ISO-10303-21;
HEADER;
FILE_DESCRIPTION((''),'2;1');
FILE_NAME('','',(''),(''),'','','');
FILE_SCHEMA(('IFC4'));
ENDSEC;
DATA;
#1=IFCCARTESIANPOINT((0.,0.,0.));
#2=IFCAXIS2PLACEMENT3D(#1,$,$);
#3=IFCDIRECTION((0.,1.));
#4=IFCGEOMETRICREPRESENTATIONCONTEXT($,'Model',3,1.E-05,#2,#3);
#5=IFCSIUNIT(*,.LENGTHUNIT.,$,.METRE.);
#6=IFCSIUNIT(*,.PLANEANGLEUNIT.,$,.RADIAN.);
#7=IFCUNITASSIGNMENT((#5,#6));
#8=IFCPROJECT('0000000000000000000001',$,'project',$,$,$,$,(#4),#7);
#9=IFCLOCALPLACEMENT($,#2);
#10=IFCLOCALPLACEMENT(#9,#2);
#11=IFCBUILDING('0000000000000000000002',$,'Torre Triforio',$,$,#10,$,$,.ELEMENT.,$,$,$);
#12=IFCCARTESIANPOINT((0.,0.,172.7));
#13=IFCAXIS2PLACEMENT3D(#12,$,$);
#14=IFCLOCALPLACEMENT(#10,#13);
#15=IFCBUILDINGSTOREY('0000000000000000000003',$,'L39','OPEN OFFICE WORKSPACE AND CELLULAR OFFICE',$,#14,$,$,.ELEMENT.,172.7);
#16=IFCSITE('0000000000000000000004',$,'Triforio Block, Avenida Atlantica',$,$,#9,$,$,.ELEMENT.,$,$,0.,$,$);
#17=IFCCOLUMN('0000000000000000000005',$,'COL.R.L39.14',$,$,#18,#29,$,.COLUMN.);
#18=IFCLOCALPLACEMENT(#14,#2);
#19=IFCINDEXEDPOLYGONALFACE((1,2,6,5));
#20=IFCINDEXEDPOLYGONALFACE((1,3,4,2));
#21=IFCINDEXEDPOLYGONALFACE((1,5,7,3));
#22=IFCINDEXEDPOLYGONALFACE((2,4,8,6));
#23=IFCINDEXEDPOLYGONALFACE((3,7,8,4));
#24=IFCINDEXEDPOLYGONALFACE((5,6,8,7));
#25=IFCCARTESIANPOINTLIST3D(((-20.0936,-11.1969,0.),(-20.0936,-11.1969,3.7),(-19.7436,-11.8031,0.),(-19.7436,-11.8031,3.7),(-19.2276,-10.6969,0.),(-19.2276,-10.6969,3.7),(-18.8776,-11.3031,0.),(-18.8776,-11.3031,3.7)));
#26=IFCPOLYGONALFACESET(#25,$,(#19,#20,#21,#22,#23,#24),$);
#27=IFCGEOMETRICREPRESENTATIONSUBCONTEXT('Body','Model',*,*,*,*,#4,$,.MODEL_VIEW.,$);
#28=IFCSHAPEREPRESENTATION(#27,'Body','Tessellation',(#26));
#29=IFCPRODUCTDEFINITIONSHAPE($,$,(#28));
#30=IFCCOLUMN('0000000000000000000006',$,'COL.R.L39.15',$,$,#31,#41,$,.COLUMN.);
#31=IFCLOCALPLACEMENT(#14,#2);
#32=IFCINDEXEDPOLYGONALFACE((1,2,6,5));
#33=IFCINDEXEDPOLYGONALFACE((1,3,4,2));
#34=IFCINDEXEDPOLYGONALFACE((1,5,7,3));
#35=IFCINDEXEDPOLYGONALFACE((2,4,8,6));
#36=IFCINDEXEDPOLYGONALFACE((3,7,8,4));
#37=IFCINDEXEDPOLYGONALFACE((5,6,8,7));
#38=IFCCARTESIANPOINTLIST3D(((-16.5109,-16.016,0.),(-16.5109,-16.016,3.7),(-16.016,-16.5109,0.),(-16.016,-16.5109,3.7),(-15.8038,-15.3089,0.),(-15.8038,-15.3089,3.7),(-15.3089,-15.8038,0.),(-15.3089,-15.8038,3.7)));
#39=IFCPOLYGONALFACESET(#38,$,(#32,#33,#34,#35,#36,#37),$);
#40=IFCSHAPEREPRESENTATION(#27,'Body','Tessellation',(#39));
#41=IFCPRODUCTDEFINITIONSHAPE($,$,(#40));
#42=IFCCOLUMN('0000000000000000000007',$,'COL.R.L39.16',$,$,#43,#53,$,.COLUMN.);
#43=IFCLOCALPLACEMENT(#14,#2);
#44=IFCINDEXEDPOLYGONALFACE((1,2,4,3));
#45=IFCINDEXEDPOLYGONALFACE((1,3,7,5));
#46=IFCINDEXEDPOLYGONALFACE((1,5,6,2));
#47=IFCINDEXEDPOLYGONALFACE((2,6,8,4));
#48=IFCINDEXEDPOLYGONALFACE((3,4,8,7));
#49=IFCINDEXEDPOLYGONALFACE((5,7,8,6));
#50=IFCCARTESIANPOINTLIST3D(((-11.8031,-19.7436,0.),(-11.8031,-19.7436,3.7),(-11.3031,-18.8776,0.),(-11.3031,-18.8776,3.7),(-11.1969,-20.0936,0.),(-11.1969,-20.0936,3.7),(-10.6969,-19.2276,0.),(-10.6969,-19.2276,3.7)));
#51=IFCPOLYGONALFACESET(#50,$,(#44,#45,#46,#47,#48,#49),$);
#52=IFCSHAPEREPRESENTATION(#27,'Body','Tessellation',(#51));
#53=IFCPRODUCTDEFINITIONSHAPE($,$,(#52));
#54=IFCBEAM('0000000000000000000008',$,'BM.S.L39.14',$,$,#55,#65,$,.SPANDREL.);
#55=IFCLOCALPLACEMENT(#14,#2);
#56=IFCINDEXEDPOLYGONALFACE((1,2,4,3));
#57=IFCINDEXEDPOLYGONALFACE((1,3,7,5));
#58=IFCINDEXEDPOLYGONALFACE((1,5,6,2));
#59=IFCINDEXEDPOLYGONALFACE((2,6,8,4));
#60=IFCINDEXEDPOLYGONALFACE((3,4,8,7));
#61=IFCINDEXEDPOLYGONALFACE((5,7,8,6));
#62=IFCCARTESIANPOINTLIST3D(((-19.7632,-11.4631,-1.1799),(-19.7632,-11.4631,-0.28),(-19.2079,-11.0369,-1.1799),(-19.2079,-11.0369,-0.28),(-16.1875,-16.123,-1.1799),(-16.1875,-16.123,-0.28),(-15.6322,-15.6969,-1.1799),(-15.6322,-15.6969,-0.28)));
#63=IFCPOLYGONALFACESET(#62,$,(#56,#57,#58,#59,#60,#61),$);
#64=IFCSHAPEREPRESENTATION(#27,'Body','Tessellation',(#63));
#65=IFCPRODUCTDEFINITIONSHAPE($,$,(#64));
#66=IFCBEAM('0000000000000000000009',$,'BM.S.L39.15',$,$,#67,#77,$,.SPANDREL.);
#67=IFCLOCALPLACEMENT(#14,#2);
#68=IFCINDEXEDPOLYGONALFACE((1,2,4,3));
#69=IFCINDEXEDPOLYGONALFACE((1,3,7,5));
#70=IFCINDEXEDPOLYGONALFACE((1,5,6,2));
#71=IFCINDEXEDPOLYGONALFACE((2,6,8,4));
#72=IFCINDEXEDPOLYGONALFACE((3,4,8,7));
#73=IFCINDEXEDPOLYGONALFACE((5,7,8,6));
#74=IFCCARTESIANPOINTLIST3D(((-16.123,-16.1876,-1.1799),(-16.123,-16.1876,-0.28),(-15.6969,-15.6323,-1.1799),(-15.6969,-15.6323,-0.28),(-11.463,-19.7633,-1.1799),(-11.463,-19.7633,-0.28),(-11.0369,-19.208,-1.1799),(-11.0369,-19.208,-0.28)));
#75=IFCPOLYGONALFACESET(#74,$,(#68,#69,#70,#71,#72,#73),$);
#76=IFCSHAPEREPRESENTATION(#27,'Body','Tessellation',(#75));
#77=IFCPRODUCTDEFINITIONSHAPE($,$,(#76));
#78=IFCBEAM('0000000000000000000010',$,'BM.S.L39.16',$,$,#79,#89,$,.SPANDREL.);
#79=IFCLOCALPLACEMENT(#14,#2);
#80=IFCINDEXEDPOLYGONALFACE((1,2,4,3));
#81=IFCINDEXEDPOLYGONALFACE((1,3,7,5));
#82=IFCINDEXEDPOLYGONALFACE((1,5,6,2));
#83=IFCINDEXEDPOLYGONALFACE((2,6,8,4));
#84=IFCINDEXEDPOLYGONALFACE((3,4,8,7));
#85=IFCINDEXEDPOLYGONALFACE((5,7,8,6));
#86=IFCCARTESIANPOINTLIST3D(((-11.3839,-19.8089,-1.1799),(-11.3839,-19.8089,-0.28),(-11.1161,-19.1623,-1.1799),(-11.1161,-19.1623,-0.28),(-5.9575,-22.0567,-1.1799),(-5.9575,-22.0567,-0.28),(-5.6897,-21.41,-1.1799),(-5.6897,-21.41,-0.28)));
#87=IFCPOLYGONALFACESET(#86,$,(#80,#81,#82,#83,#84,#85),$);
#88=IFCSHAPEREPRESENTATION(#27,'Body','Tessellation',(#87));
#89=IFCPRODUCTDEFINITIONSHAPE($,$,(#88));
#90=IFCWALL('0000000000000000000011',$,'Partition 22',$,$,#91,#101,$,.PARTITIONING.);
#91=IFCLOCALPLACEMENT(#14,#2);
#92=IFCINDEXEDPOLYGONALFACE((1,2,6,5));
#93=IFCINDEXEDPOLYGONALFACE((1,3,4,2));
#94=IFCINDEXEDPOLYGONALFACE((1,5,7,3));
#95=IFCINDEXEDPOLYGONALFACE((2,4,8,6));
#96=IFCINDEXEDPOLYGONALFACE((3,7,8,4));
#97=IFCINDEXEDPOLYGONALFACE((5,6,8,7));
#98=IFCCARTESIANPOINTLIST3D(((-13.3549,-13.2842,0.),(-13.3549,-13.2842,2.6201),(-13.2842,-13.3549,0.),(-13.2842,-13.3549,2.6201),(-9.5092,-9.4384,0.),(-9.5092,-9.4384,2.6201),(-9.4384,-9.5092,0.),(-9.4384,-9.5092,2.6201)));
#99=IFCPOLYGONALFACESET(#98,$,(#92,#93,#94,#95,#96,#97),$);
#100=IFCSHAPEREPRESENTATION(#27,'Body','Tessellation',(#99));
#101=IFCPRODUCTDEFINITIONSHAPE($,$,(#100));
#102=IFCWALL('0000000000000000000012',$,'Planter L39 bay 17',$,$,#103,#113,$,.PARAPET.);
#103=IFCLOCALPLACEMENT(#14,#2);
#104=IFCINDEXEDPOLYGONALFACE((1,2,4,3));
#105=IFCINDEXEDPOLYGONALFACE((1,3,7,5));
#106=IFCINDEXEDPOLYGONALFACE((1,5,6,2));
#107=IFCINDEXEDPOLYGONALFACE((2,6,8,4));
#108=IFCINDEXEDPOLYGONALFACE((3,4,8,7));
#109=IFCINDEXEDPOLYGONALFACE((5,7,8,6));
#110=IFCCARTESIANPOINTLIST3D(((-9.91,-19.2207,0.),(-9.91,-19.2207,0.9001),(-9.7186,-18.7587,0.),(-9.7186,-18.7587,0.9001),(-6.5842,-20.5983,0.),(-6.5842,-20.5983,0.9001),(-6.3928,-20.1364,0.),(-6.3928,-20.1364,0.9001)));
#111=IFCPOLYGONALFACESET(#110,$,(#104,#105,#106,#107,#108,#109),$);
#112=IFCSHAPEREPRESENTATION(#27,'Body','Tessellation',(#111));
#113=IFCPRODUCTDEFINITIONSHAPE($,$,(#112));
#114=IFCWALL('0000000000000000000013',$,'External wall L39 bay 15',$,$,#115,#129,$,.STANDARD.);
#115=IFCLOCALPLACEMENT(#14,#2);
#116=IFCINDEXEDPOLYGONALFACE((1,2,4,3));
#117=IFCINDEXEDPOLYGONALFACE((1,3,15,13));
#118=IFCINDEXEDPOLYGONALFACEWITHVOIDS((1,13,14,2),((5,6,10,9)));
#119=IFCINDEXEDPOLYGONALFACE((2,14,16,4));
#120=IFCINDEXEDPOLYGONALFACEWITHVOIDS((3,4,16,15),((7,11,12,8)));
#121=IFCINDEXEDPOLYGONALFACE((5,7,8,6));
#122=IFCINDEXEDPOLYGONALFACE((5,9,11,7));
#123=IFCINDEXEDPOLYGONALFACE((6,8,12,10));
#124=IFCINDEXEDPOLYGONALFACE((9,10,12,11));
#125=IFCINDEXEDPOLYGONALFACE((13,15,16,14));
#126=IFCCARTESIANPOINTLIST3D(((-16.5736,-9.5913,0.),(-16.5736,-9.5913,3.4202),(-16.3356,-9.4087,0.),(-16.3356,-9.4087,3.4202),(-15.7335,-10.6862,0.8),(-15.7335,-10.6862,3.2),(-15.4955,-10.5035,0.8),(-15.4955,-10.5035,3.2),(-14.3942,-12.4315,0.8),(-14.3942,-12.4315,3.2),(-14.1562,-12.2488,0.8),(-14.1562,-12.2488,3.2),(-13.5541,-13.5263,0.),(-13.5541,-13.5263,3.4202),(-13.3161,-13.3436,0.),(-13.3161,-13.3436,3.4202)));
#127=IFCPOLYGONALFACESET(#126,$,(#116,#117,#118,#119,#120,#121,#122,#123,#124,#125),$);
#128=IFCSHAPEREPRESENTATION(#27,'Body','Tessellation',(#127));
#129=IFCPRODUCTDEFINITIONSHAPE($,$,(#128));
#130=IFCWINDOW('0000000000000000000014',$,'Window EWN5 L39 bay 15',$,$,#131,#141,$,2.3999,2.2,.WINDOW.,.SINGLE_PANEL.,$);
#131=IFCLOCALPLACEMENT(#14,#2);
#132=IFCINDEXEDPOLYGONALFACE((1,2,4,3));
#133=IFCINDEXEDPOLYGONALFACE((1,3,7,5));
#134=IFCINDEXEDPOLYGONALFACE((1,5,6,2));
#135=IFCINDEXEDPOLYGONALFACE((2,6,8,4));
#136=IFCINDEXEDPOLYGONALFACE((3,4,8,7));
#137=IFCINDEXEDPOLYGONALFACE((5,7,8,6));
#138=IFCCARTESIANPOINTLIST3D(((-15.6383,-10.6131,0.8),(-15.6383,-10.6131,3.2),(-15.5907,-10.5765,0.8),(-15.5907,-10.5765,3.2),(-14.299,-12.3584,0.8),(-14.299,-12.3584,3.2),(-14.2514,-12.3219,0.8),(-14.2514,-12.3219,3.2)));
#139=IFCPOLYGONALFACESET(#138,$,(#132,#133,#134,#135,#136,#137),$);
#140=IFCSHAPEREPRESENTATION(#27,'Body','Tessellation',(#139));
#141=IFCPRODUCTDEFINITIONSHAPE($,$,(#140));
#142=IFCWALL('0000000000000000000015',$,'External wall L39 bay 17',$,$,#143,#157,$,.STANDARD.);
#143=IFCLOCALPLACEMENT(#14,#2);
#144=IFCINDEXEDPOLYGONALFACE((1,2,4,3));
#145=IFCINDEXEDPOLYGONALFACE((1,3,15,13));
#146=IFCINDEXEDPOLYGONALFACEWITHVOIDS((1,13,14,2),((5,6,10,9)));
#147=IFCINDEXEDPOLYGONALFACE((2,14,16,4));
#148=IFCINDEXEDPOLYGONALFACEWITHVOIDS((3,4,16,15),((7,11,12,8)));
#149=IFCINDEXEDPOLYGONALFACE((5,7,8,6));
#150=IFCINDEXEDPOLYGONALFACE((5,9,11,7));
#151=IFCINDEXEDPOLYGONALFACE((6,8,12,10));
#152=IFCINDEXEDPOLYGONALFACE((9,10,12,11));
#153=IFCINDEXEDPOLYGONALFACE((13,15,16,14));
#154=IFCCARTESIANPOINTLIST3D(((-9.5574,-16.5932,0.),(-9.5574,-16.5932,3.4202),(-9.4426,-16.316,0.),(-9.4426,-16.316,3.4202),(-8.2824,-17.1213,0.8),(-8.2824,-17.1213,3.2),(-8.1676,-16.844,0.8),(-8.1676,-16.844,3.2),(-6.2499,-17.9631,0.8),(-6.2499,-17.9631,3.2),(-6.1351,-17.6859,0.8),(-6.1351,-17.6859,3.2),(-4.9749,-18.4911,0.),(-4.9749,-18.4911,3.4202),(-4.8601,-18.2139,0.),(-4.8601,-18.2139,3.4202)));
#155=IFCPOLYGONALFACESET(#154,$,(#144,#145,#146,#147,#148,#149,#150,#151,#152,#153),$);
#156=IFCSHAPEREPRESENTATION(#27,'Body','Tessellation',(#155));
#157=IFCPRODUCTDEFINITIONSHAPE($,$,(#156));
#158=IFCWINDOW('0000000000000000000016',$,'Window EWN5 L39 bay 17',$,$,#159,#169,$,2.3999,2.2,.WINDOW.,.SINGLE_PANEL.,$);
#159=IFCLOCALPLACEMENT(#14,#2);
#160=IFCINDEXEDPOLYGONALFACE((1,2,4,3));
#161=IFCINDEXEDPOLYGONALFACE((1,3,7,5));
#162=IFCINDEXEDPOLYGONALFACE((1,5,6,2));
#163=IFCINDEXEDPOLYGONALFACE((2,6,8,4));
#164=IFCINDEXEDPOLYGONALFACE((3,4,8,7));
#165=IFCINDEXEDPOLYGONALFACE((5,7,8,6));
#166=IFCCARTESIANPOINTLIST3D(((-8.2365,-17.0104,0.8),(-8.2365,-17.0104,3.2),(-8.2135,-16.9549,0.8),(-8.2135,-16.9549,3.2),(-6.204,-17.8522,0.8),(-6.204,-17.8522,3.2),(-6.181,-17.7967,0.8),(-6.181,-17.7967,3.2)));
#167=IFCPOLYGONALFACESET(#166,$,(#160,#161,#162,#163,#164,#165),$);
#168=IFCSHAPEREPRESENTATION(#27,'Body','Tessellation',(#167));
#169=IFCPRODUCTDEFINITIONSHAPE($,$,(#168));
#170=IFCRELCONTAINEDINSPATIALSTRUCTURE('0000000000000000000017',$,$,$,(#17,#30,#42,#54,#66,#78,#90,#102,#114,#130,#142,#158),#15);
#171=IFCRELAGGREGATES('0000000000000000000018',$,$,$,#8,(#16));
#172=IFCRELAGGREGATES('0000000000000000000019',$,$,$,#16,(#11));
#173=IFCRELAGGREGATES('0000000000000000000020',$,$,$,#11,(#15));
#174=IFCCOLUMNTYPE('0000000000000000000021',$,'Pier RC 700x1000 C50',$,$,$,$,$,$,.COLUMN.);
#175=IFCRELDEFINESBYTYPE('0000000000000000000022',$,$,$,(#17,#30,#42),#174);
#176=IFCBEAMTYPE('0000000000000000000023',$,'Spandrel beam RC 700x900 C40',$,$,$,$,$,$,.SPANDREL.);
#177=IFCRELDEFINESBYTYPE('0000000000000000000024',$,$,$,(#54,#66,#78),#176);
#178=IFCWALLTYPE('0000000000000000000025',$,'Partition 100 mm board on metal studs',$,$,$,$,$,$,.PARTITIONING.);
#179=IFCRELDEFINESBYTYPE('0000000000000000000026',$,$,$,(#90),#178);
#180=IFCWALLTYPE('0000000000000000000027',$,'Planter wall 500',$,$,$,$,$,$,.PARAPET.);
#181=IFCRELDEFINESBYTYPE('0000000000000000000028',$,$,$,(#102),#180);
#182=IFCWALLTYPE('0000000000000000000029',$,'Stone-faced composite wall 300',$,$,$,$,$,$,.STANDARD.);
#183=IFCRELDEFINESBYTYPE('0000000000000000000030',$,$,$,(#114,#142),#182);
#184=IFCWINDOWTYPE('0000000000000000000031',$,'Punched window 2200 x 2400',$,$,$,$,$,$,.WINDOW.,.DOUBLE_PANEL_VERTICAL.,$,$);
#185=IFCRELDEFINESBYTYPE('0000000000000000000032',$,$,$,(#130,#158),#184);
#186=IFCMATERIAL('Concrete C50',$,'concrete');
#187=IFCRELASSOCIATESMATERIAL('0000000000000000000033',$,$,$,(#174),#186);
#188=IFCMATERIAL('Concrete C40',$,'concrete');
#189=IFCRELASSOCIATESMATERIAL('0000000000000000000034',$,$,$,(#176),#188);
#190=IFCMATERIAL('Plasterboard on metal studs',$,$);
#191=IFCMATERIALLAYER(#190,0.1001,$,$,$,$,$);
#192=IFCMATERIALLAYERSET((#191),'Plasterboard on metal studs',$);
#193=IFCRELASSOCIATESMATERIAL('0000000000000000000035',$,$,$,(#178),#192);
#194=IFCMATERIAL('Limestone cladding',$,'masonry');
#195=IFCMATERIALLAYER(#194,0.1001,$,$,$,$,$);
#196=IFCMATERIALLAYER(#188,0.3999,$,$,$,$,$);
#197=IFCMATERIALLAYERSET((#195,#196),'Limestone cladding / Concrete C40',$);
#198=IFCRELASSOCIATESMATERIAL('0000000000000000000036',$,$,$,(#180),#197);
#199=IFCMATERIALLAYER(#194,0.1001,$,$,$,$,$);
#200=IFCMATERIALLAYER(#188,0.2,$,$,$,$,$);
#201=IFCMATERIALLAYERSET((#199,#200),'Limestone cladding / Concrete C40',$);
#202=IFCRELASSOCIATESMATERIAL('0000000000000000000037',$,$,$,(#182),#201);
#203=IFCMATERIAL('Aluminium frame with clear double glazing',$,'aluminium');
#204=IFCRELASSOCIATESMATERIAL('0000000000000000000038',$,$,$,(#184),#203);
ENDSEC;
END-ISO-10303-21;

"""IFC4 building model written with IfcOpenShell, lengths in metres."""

from ifc_helpers import new_model, si_unit, direction, frame, frame_2d, origin, origin_2d, place, context, subcontext, project, spatial, rectangle, extrude, material, layer, layer_set, material_profile, profile_set, type_object, element, fill, save


model = new_model("IFC4")

# Units and contexts
model_context = context("Model", 3, precision=1e-05, world=origin(), true_north=direction((0.0, 1.0)))
body_context = subcontext(model_context, "Body", "Model", "MODEL_VIEW")
ifc_project = project(units=[si_unit("LENGTHUNIT", "METRE"), si_unit("PLANEANGLEUNIT", "RADIAN")], contexts=[model_context])

# Site, building, storey
site_placement = place(None, origin())
site = spatial("IfcSite", under=ifc_project, at=site_placement, Name="Triforio Block, Avenida Atlantica", CompositionType="ELEMENT", RefElevation=0.0)
building_placement = place(site_placement, origin())
building = spatial("IfcBuilding", under=site, at=building_placement, Name="Torre Triforio", CompositionType="ELEMENT")
storey_placement = place(building_placement, frame((0.0, 0.0, 172.7)))
storey = spatial("IfcBuildingStorey", under=building, at=storey_placement, Name="L39", Description="OPEN OFFICE WORKSPACE AND CELLULAR OFFICE", CompositionType="ELEMENT", Elevation=172.7)

# Columns
ifc_material_1 = material(Name="Concrete C50", Category="concrete")
ifc_material_profile_1 = material_profile(ifc_material_1, rectangle(XDim=0.7, YDim=1.0, at=origin_2d()), Name="RC 700x1000")
ifc_profile_set_1 = profile_set([ifc_material_profile_1], Name="Concrete C50")
column_type = type_object("IfcColumnType", Name="Pier RC 700x1000 C50", PredefinedType="COLUMN", material=ifc_profile_set_1)
for number, where, z_axis, x_axis, name in (
    (1, (-19.4856, -11.25, 0.0), (0.0, 0.0, 1.0), (0.5, -0.866025, 0.0), "COL.R.L39.14"),
    (2, (-15.9099, -15.9099, 0.0), (0.0, 0.0, 1.0), (0.707107, -0.707107, 0.0), "COL.R.L39.15"),
    (3, (-11.25, -19.4856, 0.0), (0.0, 0.0, 1.0), (0.866025, -0.5, 0.0), "COL.R.L39.16"),
):
    element("IfcColumn", number, at=place(storey_placement, frame(where, z_axis=z_axis, x_axis=x_axis)), inside=storey, type_object=column_type, Name=name, PredefinedType="COLUMN", context=body_context, shape_type="SweptSolid", body=[
        extrude(rectangle(XDim=0.7, YDim=1.0, at=origin_2d()), origin(), (0.0, 0.0, 1.0), 3.7),
    ])

# Beams
ifc_material_2 = material(Name="Concrete C40", Category="concrete")
ifc_material_profile_2 = material_profile(ifc_material_2, rectangle(XDim=0.7, YDim=0.8999, at=origin_2d()), Name="RC 700x900")
ifc_profile_set_2 = profile_set([ifc_material_profile_2], Name="Concrete C40")
beam_type = type_object("IfcBeamType", Name="Spandrel beam RC 700x900 C40", PredefinedType="SPANDREL", material=ifc_profile_set_2)
for number, where, z_axis, x_axis, name in (
    (4, (-19.4856, -11.25, -0.73), (0.608762, -0.793353, 0.0), (0.793353, 0.608762, 0.0), "BM.S.L39.14"),
    (5, (-15.9099, -15.9099, -0.73), (0.793353, -0.608762, 0.0), (0.608762, 0.793353, 0.0), "BM.S.L39.15"),
):
    element("IfcBeam", number, at=place(storey_placement, frame(where, z_axis=z_axis, x_axis=x_axis)), inside=storey, type_object=beam_type, Name=name, PredefinedType="SPANDREL", context=body_context, shape_type="SweptSolid", body=[
        extrude(rectangle(XDim=0.7, YDim=0.8999, at=origin_2d()), origin(), (0.0, 0.0, 1.0), 5.8738),
    ])
beam_placement = place(storey_placement, frame((-11.25, -19.4856, -0.73), z_axis=(0.923875, -0.382693, 0.0), x_axis=(0.382693, 0.923875, 0.0)))
element("IfcBeam", 6, at=beam_placement, inside=storey, type_object=beam_type, Name="BM.S.L39.16", PredefinedType="SPANDREL", context=body_context, shape_type="SweptSolid", body=[
    extrude(rectangle(XDim=0.7, YDim=0.8999, at=origin_2d()), origin(), (0.0, 0.0, 1.0), 5.8735),
])

# Walls
ifc_material_3 = material(Name="Plasterboard on metal studs")
ifc_layer_1 = layer(ifc_material_3, 0.1001)
ifc_layer_set_1 = layer_set([ifc_layer_1], Name="Plasterboard on metal studs")
wall_type_1 = type_object("IfcWallType", Name="Partition 100 mm board on metal studs", PredefinedType="PARTITIONING", material=ifc_layer_set_1)
wall_1_placement = place(storey_placement, frame((-9.4739, -9.4739, 0.0), z_axis=(0.0, 0.0, 1.0), x_axis=(-0.707107, -0.707107, 0.0)))
element("IfcWall", 7, at=wall_1_placement, inside=storey, type_object=wall_type_1, Name="Partition 22", PredefinedType="PARTITIONING", context=body_context, shape_type="SweptSolid", body=[
    extrude(rectangle(XDim=5.4387, YDim=0.1001, at=frame_2d((2.7192, 0.0))), origin(), (0.0, 0.0, 1.0), 2.6201),
])
ifc_material_4 = material(Name="Limestone cladding", Category="masonry")
ifc_layer_2 = layer(ifc_material_4, 0.1001)
ifc_layer_3 = layer(ifc_material_2, 0.3999)
ifc_layer_set_2 = layer_set([ifc_layer_2, ifc_layer_3], Name="Limestone cladding / Concrete C40")
wall_type_2 = type_object("IfcWallType", Name="Planter wall 500", PredefinedType="PARAPET", material=ifc_layer_set_2)
wall_2_placement = place(storey_placement, frame((-9.8142, -18.9897, 0.0), z_axis=(0.0, 0.0, 1.0), x_axis=(0.923875, -0.382693, 0.0)))
element("IfcWall", 8, at=wall_2_placement, inside=storey, type_object=wall_type_2, Name="Planter L39 bay 17", PredefinedType="PARAPET", context=body_context, shape_type="SweptSolid", body=[
    extrude(rectangle(XDim=3.5999, YDim=0.5, at=frame_2d((1.7998, 0.0))), origin(), (0.0, 0.0, 1.0), 0.9001),
])

# Wall, opening, window
ifc_layer_4 = layer(ifc_material_4, 0.1001)
ifc_layer_5 = layer(ifc_material_2, 0.2)
ifc_layer_set_3 = layer_set([ifc_layer_4, ifc_layer_5], Name="Limestone cladding / Concrete C40")
wall_type_3 = type_object("IfcWallType", Name="Stone-faced composite wall 300", PredefinedType="STANDARD", material=ifc_layer_set_3)
wall_3_placement = place(storey_placement, frame((-16.4546, -9.5, 0.0), z_axis=(0.0, 0.0, 1.0), x_axis=(0.608768, -0.793348, 0.0)))
wall_3 = element("IfcWall", 9, at=wall_3_placement, inside=storey, type_object=wall_type_3, Name="External wall L39 bay 15", PredefinedType="STANDARD", context=body_context, shape_type="SweptSolid", body=[
    extrude(rectangle(XDim=4.96, YDim=0.3, at=frame_2d((2.48, 0.0))), origin(), (0.0, 0.0, 1.0), 3.4202),
])
opening_1_placement = place(wall_3_placement, frame((1.3799, 0.0, 0.8)))
opening_1 = element("IfcOpeningElement", 10, at=opening_1_placement, cuts=wall_3, PredefinedType="OPENING", context=body_context, shape_type="SweptSolid", body=[
    extrude(rectangle(XDim=2.2, YDim=2.3999, at=frame_2d((1.1001, 1.2))), frame((0.0, 0.1599, 0.0), z_axis=(0.0, -1.0, 0.0), x_axis=(1.0, 0.0, 0.0)), (0.0, 0.0, 1.0), 0.3201),
])
ifc_material_5 = material(Name="Aluminium frame with clear double glazing", Category="aluminium")
window_type_1 = type_object("IfcWindowType", Name="Punched window 2200 x 2400", PartitioningType="DOUBLE_PANEL_VERTICAL", PredefinedType="WINDOW", material=ifc_material_5)
window_1_placement = place(opening_1_placement, origin())
window_1 = element("IfcWindow", 11, at=window_1_placement, inside=storey, type_object=window_type_1, Name="Window EWN5 L39 bay 15", OverallHeight=2.3999, OverallWidth=2.2, PartitioningType="SINGLE_PANEL", PredefinedType="WINDOW", context=body_context, shape_type="SweptSolid", body=[
    extrude(rectangle(XDim=2.2, YDim=2.3999, at=frame_2d((1.1001, 1.2))), frame((0.0, 0.03, 0.0), z_axis=(0.0, -1.0, 0.0), x_axis=(1.0, 0.0, 0.0)), (0.0, 0.0, 1.0), 0.0601),
])
fill(opening_1, window_1)

# Wall, opening, window
wall_4_placement = place(storey_placement, frame((-9.5, -16.4546, 0.0), z_axis=(0.0, 0.0, 1.0), x_axis=(0.923893, -0.38265, 0.0)))
wall_4 = element("IfcWall", 12, at=wall_4_placement, inside=storey, type_object=wall_type_3, Name="External wall L39 bay 17", PredefinedType="STANDARD", context=body_context, shape_type="SweptSolid", body=[
    extrude(rectangle(XDim=4.96, YDim=0.3, at=frame_2d((2.48, 0.0))), origin(), (0.0, 0.0, 1.0), 3.4202),
])
opening_2_placement = place(wall_4_placement, frame((1.3799, 0.0, 0.8)))
opening_2 = element("IfcOpeningElement", 13, at=opening_2_placement, cuts=wall_4, PredefinedType="OPENING", context=body_context, shape_type="SweptSolid", body=[
    extrude(rectangle(XDim=2.2, YDim=2.3999, at=frame_2d((1.1001, 1.2))), frame((0.0, 0.1599, 0.0), z_axis=(0.0, -1.0, 0.0), x_axis=(1.0, 0.0, 0.0)), (0.0, 0.0, 1.0), 0.3201),
])
window_2_placement = place(opening_2_placement, origin())
window_2 = element("IfcWindow", 14, at=window_2_placement, inside=storey, type_object=window_type_1, Name="Window EWN5 L39 bay 17", OverallHeight=2.3999, OverallWidth=2.2, PartitioningType="SINGLE_PANEL", PredefinedType="WINDOW", context=body_context, shape_type="SweptSolid", body=[
    extrude(rectangle(XDim=2.2, YDim=2.3999, at=frame_2d((1.1001, 1.2))), frame((0.0, 0.03, 0.0), z_axis=(0.0, -1.0, 0.0), x_axis=(1.0, 0.0, 0.0)), (0.0, 0.0, 1.0), 0.0601),
])
fill(opening_2, window_2)

save(model, "model.ifc")
